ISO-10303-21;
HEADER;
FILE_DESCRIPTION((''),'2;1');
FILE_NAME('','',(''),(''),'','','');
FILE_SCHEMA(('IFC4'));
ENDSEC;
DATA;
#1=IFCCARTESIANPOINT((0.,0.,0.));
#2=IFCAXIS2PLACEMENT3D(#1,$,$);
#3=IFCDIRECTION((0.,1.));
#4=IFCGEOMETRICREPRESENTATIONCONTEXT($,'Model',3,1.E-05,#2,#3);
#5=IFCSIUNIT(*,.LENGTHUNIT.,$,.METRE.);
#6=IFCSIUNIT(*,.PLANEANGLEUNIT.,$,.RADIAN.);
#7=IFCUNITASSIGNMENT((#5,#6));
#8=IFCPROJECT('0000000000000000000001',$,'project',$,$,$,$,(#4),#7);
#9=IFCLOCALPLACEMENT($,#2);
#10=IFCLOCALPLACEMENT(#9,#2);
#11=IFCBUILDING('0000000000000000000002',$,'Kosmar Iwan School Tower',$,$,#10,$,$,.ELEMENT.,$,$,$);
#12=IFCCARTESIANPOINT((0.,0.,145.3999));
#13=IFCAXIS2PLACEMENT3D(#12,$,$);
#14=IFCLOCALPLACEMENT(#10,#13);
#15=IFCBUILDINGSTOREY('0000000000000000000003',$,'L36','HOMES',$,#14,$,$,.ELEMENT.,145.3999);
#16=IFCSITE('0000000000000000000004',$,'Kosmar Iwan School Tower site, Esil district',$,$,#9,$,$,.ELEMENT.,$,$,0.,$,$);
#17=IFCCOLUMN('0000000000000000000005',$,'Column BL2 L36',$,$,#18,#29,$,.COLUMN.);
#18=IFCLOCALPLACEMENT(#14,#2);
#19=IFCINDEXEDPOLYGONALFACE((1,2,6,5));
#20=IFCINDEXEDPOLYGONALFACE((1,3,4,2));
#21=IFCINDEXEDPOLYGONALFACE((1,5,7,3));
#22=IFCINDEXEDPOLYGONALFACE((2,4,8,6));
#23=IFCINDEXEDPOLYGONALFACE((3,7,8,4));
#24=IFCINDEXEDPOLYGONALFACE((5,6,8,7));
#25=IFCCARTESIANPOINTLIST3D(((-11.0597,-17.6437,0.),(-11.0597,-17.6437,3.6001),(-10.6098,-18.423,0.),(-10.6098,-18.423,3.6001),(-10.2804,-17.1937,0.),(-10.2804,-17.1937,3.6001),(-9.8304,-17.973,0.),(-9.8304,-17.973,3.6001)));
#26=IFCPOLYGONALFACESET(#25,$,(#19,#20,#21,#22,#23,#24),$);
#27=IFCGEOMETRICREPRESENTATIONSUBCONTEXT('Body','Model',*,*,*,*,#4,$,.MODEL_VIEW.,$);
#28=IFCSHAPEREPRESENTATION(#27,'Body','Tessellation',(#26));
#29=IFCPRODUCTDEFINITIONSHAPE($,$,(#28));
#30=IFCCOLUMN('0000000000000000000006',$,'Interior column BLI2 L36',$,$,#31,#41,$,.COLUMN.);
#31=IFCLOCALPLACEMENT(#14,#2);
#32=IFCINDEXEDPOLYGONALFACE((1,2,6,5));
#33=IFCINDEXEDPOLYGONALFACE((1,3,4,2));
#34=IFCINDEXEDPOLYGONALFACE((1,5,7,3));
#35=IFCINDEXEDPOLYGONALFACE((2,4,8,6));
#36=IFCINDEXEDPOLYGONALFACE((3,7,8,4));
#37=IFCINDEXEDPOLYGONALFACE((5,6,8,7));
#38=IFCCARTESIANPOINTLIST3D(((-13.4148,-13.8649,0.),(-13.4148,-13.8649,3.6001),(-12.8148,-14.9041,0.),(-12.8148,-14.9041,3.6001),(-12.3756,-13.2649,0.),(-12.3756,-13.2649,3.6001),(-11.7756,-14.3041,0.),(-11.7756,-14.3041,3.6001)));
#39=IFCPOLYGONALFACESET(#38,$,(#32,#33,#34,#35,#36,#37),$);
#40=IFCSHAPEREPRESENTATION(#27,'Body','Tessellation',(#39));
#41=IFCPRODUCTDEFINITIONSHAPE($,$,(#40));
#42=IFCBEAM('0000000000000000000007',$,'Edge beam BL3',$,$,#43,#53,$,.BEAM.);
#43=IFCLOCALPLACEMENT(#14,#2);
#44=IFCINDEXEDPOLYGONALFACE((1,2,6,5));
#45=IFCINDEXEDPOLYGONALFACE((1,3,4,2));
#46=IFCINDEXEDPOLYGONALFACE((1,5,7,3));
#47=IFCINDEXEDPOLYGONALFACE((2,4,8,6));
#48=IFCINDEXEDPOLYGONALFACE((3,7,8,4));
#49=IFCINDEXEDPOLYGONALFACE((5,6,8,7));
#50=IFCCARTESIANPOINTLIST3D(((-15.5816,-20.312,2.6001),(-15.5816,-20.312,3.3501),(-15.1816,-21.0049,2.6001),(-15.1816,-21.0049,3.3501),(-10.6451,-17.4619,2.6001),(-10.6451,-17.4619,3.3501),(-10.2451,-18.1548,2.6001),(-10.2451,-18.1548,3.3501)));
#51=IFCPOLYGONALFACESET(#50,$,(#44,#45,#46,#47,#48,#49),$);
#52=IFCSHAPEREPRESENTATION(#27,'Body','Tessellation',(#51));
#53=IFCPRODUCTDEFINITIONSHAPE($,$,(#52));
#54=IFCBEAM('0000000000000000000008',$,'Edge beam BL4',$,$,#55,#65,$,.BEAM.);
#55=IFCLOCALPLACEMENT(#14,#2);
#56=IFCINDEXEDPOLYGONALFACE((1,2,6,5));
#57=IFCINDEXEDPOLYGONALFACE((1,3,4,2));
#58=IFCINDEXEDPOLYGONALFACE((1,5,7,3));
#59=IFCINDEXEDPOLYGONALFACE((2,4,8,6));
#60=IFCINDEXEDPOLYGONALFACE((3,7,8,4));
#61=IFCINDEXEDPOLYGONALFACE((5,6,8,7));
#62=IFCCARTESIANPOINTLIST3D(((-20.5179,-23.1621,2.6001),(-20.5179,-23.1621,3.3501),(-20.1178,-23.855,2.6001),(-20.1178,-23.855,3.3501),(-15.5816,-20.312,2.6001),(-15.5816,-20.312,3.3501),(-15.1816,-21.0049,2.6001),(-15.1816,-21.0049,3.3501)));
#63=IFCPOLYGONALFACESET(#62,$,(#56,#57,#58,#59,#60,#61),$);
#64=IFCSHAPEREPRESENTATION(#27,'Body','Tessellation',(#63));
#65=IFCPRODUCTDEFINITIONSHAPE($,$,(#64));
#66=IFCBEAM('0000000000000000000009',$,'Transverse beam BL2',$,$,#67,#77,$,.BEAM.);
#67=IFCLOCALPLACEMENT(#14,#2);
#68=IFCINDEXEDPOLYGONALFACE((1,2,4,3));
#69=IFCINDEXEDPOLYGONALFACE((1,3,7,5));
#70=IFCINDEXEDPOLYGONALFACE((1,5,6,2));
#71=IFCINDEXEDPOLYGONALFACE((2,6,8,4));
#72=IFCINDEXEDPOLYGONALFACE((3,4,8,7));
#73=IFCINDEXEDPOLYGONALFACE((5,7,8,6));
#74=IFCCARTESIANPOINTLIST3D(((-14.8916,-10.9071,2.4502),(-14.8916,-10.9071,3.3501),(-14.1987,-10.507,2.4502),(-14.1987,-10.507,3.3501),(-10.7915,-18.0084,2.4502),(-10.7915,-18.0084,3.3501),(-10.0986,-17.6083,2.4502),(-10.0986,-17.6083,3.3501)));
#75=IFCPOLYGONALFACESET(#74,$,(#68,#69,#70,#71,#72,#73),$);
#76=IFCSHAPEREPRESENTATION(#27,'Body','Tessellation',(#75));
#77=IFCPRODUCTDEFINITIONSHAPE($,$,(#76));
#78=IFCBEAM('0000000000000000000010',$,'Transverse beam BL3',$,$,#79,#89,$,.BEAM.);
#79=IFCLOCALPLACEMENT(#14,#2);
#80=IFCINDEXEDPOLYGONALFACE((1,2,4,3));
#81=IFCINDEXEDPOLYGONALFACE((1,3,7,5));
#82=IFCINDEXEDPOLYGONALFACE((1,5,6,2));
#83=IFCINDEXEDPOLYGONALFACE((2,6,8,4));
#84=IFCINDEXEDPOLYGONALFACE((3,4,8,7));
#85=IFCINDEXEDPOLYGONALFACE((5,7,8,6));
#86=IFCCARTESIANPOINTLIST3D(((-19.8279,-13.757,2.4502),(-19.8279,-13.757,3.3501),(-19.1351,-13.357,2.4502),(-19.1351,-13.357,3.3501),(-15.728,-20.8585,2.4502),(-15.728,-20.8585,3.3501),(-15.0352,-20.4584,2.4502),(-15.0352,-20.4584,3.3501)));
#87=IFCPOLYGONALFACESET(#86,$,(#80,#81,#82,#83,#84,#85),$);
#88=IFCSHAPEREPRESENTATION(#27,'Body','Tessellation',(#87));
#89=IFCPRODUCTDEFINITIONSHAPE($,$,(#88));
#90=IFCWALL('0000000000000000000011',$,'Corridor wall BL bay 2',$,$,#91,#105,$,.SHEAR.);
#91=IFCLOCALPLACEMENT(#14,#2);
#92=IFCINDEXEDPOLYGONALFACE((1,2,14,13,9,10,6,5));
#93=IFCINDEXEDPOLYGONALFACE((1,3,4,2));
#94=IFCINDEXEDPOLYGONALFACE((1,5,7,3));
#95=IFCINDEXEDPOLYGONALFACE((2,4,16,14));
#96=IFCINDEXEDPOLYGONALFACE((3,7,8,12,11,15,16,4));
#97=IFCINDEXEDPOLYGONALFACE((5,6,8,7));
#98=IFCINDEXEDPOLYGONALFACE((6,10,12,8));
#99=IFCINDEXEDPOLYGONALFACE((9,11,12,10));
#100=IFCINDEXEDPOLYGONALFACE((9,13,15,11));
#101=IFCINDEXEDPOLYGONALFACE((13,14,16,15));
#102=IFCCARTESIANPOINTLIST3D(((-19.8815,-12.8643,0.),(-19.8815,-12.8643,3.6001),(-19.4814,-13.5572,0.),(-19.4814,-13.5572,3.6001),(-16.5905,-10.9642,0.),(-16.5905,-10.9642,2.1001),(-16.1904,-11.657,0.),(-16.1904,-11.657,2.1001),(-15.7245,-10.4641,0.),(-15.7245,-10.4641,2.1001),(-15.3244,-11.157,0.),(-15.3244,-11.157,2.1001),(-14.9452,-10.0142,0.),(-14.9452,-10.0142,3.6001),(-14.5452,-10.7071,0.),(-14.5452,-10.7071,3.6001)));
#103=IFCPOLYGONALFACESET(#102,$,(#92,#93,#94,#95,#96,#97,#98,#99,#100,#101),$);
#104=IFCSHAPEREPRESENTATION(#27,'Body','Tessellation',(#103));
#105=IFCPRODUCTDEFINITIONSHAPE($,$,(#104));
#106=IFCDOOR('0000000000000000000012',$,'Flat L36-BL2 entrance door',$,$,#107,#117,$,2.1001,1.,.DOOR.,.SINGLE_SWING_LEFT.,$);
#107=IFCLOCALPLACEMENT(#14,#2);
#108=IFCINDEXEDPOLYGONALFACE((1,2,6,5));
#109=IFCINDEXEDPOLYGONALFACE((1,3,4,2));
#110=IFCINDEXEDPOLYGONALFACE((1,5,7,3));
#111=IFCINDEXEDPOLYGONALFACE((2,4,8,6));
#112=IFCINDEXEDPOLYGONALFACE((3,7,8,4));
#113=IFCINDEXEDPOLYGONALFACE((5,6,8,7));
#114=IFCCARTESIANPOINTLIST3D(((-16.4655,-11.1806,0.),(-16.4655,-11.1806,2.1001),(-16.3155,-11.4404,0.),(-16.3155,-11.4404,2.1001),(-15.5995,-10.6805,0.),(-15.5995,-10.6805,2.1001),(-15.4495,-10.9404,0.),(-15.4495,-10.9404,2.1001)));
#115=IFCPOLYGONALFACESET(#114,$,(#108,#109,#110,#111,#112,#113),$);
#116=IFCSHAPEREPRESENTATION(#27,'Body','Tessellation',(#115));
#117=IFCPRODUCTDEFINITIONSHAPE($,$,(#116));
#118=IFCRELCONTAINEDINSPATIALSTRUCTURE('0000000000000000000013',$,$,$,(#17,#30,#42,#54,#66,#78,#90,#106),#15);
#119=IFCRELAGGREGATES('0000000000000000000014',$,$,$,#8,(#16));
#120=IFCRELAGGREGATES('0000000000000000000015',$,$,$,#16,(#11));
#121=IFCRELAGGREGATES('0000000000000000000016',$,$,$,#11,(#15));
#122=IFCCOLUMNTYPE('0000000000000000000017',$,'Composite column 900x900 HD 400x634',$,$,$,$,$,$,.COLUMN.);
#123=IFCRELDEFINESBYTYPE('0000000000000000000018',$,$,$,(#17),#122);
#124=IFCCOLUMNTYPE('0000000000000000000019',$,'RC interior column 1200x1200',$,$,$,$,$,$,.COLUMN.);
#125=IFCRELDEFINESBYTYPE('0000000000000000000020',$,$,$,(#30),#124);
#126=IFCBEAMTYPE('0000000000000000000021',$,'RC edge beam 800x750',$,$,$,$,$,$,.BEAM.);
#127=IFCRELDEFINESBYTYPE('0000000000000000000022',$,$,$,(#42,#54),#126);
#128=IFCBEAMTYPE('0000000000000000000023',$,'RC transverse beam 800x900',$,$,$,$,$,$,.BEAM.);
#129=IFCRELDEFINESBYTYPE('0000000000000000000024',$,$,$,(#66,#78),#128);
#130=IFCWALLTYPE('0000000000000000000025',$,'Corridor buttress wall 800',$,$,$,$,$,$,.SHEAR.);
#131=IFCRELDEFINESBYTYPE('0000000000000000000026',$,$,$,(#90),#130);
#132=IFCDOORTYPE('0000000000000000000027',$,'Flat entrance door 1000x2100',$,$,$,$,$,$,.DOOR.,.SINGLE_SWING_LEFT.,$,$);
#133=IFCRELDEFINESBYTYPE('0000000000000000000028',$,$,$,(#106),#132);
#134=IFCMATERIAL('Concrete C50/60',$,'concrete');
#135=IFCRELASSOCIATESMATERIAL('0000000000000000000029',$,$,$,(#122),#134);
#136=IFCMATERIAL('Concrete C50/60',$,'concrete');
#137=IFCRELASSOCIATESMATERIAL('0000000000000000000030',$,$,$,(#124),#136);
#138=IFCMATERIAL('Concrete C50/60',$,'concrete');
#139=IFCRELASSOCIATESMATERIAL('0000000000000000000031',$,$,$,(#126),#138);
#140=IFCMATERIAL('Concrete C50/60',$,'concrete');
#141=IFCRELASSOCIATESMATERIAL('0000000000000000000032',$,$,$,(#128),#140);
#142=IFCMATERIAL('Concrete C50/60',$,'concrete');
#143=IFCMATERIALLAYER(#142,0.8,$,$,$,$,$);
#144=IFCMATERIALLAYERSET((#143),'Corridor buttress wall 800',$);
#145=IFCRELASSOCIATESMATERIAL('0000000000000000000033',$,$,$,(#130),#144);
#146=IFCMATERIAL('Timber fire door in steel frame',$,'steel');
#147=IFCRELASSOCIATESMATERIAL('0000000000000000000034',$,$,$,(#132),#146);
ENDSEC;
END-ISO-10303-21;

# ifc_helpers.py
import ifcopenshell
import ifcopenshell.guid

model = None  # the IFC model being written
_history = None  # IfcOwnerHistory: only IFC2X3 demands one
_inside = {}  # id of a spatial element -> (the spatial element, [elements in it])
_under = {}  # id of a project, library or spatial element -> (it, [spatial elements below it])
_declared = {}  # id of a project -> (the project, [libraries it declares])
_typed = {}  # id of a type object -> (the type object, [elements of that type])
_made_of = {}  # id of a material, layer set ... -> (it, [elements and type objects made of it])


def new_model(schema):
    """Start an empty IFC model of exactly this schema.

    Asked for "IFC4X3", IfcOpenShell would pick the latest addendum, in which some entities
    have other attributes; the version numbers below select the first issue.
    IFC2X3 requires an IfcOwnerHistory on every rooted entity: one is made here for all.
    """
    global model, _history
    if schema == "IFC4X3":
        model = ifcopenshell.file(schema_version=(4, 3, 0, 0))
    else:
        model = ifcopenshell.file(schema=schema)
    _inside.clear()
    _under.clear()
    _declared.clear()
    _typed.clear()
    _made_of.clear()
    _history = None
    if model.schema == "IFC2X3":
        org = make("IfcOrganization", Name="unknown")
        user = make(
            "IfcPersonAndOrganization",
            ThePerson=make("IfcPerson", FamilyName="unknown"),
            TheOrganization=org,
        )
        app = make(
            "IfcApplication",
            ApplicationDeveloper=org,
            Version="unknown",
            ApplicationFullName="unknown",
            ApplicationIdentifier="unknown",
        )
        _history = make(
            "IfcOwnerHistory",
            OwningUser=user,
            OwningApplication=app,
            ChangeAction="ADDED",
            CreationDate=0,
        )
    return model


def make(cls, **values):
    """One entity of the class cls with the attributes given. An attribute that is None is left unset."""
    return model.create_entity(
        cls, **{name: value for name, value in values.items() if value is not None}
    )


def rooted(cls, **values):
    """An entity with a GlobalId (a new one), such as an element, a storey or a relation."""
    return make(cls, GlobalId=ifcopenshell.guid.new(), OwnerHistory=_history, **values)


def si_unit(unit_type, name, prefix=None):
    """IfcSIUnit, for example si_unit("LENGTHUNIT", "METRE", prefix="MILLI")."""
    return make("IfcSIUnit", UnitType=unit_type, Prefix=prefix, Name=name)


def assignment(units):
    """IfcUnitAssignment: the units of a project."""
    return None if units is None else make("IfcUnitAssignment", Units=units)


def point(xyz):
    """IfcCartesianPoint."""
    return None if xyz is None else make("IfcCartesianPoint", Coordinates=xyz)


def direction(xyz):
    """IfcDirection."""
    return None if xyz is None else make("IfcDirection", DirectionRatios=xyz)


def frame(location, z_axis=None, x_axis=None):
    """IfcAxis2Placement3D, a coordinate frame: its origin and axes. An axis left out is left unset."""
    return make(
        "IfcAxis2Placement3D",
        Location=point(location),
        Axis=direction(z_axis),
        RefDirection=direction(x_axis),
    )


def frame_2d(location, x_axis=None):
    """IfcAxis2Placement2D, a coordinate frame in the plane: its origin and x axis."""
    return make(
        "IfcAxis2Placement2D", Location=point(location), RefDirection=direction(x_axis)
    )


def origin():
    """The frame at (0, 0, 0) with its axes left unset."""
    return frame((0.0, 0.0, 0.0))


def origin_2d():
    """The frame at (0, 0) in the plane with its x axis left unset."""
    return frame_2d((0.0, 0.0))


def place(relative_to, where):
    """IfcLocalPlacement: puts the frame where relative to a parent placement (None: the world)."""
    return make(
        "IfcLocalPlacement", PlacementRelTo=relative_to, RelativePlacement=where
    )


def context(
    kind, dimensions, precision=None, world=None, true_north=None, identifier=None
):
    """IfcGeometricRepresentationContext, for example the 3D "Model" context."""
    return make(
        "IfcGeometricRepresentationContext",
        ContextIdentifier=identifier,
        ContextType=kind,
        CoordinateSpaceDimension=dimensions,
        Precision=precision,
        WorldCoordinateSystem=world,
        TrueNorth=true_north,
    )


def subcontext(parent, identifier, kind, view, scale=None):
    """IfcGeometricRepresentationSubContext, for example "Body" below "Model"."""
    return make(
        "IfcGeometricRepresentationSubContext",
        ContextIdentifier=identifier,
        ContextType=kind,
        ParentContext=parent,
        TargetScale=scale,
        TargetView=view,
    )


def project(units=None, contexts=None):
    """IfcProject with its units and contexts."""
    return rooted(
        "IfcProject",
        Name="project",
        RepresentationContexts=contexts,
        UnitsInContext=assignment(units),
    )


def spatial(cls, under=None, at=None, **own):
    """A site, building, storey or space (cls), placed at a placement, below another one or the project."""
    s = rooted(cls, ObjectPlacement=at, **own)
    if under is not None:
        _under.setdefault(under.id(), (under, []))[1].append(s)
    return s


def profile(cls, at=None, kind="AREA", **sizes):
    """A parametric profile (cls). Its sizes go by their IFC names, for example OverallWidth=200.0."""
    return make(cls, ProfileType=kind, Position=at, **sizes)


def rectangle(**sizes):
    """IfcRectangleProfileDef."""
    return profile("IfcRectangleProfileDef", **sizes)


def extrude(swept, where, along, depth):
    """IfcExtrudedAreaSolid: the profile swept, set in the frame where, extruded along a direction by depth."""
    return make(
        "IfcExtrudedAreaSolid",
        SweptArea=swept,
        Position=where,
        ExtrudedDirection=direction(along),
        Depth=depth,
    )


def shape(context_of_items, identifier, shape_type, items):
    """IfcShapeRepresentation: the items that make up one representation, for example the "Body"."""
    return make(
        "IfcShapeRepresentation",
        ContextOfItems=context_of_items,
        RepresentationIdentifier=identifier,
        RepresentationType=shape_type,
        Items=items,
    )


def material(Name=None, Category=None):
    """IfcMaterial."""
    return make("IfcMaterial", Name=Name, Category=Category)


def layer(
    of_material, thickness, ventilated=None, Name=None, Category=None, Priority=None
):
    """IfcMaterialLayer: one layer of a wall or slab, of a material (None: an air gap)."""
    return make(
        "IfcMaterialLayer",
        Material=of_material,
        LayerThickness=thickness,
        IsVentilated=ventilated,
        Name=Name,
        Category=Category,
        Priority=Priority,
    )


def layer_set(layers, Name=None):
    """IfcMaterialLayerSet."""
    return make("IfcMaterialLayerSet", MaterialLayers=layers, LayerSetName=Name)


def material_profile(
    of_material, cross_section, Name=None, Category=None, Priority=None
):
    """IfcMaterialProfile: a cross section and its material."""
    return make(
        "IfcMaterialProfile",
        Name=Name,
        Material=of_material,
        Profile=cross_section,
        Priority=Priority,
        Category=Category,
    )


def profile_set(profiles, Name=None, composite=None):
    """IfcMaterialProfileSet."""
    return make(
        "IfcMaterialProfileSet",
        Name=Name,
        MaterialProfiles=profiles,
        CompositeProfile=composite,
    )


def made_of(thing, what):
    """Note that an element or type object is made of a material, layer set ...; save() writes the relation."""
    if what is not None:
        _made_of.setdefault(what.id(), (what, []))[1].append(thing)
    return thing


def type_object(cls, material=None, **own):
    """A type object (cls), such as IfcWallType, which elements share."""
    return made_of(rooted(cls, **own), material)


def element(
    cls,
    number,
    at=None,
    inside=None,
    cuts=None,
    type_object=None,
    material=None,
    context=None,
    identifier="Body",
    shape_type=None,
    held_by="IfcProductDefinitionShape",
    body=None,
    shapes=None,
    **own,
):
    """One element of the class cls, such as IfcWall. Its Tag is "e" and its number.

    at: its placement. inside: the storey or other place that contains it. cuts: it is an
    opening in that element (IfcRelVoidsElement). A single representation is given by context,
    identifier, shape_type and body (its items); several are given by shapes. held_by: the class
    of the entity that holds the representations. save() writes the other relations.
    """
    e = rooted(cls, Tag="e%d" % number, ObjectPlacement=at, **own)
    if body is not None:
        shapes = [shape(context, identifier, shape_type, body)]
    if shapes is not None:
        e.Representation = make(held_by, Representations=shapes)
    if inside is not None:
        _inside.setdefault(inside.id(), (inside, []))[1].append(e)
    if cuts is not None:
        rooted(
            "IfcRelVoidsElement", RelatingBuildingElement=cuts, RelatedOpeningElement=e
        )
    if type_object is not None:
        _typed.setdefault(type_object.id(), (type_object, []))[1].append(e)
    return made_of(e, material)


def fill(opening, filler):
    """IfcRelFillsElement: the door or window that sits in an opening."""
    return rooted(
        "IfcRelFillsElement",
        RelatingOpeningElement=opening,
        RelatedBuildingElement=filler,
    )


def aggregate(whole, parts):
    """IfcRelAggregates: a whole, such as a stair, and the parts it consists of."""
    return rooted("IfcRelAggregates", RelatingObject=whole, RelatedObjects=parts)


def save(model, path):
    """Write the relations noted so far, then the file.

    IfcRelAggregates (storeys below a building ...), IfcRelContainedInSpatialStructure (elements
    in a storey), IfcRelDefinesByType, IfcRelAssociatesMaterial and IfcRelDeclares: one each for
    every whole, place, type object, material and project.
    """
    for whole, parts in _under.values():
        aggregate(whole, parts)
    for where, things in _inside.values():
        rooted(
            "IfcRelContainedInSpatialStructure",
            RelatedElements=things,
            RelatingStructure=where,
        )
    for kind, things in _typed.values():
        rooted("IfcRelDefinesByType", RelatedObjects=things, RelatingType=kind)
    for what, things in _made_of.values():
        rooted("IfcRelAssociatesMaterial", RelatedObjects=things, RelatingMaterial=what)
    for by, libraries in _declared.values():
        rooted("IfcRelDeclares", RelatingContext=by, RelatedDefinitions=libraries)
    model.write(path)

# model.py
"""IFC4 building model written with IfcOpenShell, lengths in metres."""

from ifc_helpers import new_model, si_unit, direction, frame, frame_2d, origin, origin_2d, place, context, subcontext, project, spatial, rectangle, extrude, material, layer, layer_set, material_profile, profile_set, type_object, element, fill, save


model = new_model("IFC4")

# Units and contexts
model_context = context("Model", 3, precision=1e-05, world=origin(), true_north=direction((0.0, 1.0)))
body_context = subcontext(model_context, "Body", "Model", "MODEL_VIEW")
ifc_project = project(units=[si_unit("LENGTHUNIT", "METRE"), si_unit("PLANEANGLEUNIT", "RADIAN")], contexts=[model_context])

# Site, building, storey
site_placement = place(None, origin())
site = spatial("IfcSite", under=ifc_project, at=site_placement, Name="Kosmar Iwan School Tower site, Esil district", CompositionType="ELEMENT", RefElevation=0.0)
building_placement = place(site_placement, origin())
building = spatial("IfcBuilding", under=site, at=building_placement, Name="Kosmar Iwan School Tower", CompositionType="ELEMENT")
storey_placement = place(building_placement, frame((0.0, 0.0, 145.3999)))
storey = spatial("IfcBuildingStorey", under=building, at=storey_placement, Name="L36", Description="HOMES", CompositionType="ELEMENT", Elevation=145.3999)

# Columns
ifc_material_1 = material(Name="Concrete C50/60", Category="concrete")
ifc_material_profile_1 = material_profile(ifc_material_1, rectangle(XDim=0.8999, YDim=0.8999, at=origin_2d()), Name="RC 900x900 + HD 400x634")
ifc_profile_set_1 = profile_set([ifc_material_profile_1], Name="Concrete C50/60")
column_type_1 = type_object("IfcColumnType", Name="Composite column 900x900 HD 400x634", PredefinedType="COLUMN", material=ifc_profile_set_1)
column_1_placement = place(storey_placement, frame((-10.4451, -17.8083, 0.0), z_axis=(0.0, 0.0, 1.0), x_axis=(-0.866025, -0.5, 0.0)))
element("IfcColumn", 1, at=column_1_placement, inside=storey, type_object=column_type_1, Name="Column BL2 L36", PredefinedType="COLUMN", context=body_context, shape_type="SweptSolid", body=[
    extrude(rectangle(XDim=0.8999, YDim=0.8999, at=origin_2d()), origin(), (0.0, 0.0, 1.0), 3.6001),
])
ifc_material_2 = material(Name="Concrete C50/60", Category="concrete")
ifc_material_profile_2 = material_profile(ifc_material_2, rectangle(XDim=1.2, YDim=1.2, at=origin_2d()), Name="RC 1200x1200")
ifc_profile_set_2 = profile_set([ifc_material_profile_2], Name="Concrete C50/60")
column_type_2 = type_object("IfcColumnType", Name="RC interior column 1200x1200", PredefinedType="COLUMN", material=ifc_profile_set_2)
column_2_placement = place(storey_placement, frame((-12.5952, -14.0845, 0.0), z_axis=(0.0, 0.0, 1.0), x_axis=(-0.866025, -0.5, 0.0)))
element("IfcColumn", 2, at=column_2_placement, inside=storey, type_object=column_type_2, Name="Interior column BLI2 L36", PredefinedType="COLUMN", context=body_context, shape_type="SweptSolid", body=[
    extrude(rectangle(XDim=1.2, YDim=1.2, at=origin_2d()), origin(), (0.0, 0.0, 1.0), 3.6001),
])

# Beams
ifc_material_3 = material(Name="Concrete C50/60", Category="concrete")
ifc_material_profile_3 = material_profile(ifc_material_3, rectangle(XDim=0.8, YDim=0.75, at=origin_2d()), Name="RC 800x750")
ifc_profile_set_3 = profile_set([ifc_material_profile_3], Name="Concrete C50/60")
beam_type_1 = type_object("IfcBeamType", Name="RC edge beam 800x750", PredefinedType="BEAM", material=ifc_profile_set_3)
beam_1_placement = place(storey_placement, frame((-10.4451, -17.8083, 2.9751), z_axis=(-0.866026, -0.499999, 0.0), x_axis=(0.499999, -0.866026, 0.0)))
element("IfcBeam", 3, at=beam_1_placement, inside=storey, type_object=beam_type_1, Name="Edge beam BL3", PredefinedType="BEAM", context=body_context, shape_type="SweptSolid", body=[
    extrude(rectangle(XDim=0.8, YDim=0.75, at=origin_2d()), origin(), (0.0, 0.0, 1.0), 5.7002),
])
beam_2_placement = place(storey_placement, frame((-15.3816, -20.6584, 2.9751), z_axis=(-0.866015, -0.500018, 0.0), x_axis=(0.500018, -0.866015, 0.0)))
element("IfcBeam", 4, at=beam_2_placement, inside=storey, type_object=beam_type_1, Name="Edge beam BL4", PredefinedType="BEAM", context=body_context, shape_type="SweptSolid", body=[
    extrude(rectangle(XDim=0.8, YDim=0.75, at=origin_2d()), origin(), (0.0, 0.0, 1.0), 5.7),
])
ifc_material_4 = material(Name="Concrete C50/60", Category="concrete")
ifc_material_profile_4 = material_profile(ifc_material_4, rectangle(XDim=0.8, YDim=0.8999, at=origin_2d()), Name="RC 800x900")
ifc_profile_set_4 = profile_set([ifc_material_profile_4], Name="Concrete C50/60")
beam_type_2 = type_object("IfcBeamType", Name="RC transverse beam 800x900", PredefinedType="BEAM", material=ifc_profile_set_4)
for number, where, z_axis, x_axis, name in (
    (5, (-10.4451, -17.8083, 2.9001), (-0.500014, 0.866018, 0.0), (-0.866018, -0.500014, 0.0), "Transverse beam BL2"),
    (6, (-15.3816, -20.6584, 2.9001), (-0.499991, 0.86603, 0.0), (-0.86603, -0.499991, 0.0), "Transverse beam BL3"),
):
    element("IfcBeam", number, at=place(storey_placement, frame(where, z_axis=z_axis, x_axis=x_axis)), inside=storey, type_object=beam_type_2, Name=name, PredefinedType="BEAM", context=body_context, shape_type="SweptSolid", body=[
        extrude(rectangle(XDim=0.8, YDim=0.8999, at=origin_2d()), origin(), (0.0, 0.0, 1.0), 8.2),
    ])

# Wall, opening, door
ifc_material_5 = material(Name="Concrete C50/60", Category="concrete")
ifc_layer_1 = layer(ifc_material_5, 0.8)
ifc_layer_set_1 = layer_set([ifc_layer_1], Name="Corridor buttress wall 800")
wall_type_1 = type_object("IfcWallType", Name="Corridor buttress wall 800", PredefinedType="SHEAR", material=ifc_layer_set_1)
wall_1_placement = place(storey_placement, frame((-14.7451, -10.3606, 0.0), z_axis=(0.0, 0.0, 1.0), x_axis=(-0.866015, -0.500018, 0.0)))
wall_1 = element("IfcWall", 7, at=wall_1_placement, inside=storey, type_object=wall_type_1, Name="Corridor wall BL bay 2", PredefinedType="SHEAR", context=body_context, shape_type="SweptSolid", body=[
    extrude(rectangle(XDim=5.7, YDim=0.8, at=frame_2d((2.8501, 0.0))), origin(), (0.0, 0.0, 1.0), 3.6001),
])
opening_1_placement = place(wall_1_placement, frame((0.8999, 0.0, 0.0)))
opening_1 = element("IfcOpeningElement", 8, at=opening_1_placement, cuts=wall_1, PredefinedType="OPENING", context=body_context, shape_type="SweptSolid", body=[
    extrude(rectangle(XDim=1.0, YDim=2.1001, at=frame_2d((0.5, 1.05))), frame((0.0, 0.4121, 0.0), z_axis=(0.0, -1.0, 0.0), x_axis=(1.0, 0.0, 0.0)), (0.0, 0.0, 1.0), 0.824),
])
ifc_material_6 = material(Name="Timber fire door in steel frame", Category="steel")
door_type_1 = type_object("IfcDoorType", Name="Flat entrance door 1000x2100", OperationType="SINGLE_SWING_LEFT", PredefinedType="DOOR", material=ifc_material_6)
door_1_placement = place(opening_1_placement, origin())
door_1 = element("IfcDoor", 9, at=door_1_placement, inside=storey, type_object=door_type_1, Name="Flat L36-BL2 entrance door", OperationType="SINGLE_SWING_LEFT", OverallHeight=2.1001, OverallWidth=1.0, PredefinedType="DOOR", context=body_context, shape_type="SweptSolid", body=[
    extrude(rectangle(XDim=1.0, YDim=2.1001, at=frame_2d((0.5, 1.05))), frame((0.0, 0.1499, 0.0), z_axis=(0.0, -1.0, 0.0), x_axis=(1.0, 0.0, 0.0)), (0.0, 0.0, 1.0), 0.3),
])
fill(opening_1, door_1)

save(model, "model.ifc")
